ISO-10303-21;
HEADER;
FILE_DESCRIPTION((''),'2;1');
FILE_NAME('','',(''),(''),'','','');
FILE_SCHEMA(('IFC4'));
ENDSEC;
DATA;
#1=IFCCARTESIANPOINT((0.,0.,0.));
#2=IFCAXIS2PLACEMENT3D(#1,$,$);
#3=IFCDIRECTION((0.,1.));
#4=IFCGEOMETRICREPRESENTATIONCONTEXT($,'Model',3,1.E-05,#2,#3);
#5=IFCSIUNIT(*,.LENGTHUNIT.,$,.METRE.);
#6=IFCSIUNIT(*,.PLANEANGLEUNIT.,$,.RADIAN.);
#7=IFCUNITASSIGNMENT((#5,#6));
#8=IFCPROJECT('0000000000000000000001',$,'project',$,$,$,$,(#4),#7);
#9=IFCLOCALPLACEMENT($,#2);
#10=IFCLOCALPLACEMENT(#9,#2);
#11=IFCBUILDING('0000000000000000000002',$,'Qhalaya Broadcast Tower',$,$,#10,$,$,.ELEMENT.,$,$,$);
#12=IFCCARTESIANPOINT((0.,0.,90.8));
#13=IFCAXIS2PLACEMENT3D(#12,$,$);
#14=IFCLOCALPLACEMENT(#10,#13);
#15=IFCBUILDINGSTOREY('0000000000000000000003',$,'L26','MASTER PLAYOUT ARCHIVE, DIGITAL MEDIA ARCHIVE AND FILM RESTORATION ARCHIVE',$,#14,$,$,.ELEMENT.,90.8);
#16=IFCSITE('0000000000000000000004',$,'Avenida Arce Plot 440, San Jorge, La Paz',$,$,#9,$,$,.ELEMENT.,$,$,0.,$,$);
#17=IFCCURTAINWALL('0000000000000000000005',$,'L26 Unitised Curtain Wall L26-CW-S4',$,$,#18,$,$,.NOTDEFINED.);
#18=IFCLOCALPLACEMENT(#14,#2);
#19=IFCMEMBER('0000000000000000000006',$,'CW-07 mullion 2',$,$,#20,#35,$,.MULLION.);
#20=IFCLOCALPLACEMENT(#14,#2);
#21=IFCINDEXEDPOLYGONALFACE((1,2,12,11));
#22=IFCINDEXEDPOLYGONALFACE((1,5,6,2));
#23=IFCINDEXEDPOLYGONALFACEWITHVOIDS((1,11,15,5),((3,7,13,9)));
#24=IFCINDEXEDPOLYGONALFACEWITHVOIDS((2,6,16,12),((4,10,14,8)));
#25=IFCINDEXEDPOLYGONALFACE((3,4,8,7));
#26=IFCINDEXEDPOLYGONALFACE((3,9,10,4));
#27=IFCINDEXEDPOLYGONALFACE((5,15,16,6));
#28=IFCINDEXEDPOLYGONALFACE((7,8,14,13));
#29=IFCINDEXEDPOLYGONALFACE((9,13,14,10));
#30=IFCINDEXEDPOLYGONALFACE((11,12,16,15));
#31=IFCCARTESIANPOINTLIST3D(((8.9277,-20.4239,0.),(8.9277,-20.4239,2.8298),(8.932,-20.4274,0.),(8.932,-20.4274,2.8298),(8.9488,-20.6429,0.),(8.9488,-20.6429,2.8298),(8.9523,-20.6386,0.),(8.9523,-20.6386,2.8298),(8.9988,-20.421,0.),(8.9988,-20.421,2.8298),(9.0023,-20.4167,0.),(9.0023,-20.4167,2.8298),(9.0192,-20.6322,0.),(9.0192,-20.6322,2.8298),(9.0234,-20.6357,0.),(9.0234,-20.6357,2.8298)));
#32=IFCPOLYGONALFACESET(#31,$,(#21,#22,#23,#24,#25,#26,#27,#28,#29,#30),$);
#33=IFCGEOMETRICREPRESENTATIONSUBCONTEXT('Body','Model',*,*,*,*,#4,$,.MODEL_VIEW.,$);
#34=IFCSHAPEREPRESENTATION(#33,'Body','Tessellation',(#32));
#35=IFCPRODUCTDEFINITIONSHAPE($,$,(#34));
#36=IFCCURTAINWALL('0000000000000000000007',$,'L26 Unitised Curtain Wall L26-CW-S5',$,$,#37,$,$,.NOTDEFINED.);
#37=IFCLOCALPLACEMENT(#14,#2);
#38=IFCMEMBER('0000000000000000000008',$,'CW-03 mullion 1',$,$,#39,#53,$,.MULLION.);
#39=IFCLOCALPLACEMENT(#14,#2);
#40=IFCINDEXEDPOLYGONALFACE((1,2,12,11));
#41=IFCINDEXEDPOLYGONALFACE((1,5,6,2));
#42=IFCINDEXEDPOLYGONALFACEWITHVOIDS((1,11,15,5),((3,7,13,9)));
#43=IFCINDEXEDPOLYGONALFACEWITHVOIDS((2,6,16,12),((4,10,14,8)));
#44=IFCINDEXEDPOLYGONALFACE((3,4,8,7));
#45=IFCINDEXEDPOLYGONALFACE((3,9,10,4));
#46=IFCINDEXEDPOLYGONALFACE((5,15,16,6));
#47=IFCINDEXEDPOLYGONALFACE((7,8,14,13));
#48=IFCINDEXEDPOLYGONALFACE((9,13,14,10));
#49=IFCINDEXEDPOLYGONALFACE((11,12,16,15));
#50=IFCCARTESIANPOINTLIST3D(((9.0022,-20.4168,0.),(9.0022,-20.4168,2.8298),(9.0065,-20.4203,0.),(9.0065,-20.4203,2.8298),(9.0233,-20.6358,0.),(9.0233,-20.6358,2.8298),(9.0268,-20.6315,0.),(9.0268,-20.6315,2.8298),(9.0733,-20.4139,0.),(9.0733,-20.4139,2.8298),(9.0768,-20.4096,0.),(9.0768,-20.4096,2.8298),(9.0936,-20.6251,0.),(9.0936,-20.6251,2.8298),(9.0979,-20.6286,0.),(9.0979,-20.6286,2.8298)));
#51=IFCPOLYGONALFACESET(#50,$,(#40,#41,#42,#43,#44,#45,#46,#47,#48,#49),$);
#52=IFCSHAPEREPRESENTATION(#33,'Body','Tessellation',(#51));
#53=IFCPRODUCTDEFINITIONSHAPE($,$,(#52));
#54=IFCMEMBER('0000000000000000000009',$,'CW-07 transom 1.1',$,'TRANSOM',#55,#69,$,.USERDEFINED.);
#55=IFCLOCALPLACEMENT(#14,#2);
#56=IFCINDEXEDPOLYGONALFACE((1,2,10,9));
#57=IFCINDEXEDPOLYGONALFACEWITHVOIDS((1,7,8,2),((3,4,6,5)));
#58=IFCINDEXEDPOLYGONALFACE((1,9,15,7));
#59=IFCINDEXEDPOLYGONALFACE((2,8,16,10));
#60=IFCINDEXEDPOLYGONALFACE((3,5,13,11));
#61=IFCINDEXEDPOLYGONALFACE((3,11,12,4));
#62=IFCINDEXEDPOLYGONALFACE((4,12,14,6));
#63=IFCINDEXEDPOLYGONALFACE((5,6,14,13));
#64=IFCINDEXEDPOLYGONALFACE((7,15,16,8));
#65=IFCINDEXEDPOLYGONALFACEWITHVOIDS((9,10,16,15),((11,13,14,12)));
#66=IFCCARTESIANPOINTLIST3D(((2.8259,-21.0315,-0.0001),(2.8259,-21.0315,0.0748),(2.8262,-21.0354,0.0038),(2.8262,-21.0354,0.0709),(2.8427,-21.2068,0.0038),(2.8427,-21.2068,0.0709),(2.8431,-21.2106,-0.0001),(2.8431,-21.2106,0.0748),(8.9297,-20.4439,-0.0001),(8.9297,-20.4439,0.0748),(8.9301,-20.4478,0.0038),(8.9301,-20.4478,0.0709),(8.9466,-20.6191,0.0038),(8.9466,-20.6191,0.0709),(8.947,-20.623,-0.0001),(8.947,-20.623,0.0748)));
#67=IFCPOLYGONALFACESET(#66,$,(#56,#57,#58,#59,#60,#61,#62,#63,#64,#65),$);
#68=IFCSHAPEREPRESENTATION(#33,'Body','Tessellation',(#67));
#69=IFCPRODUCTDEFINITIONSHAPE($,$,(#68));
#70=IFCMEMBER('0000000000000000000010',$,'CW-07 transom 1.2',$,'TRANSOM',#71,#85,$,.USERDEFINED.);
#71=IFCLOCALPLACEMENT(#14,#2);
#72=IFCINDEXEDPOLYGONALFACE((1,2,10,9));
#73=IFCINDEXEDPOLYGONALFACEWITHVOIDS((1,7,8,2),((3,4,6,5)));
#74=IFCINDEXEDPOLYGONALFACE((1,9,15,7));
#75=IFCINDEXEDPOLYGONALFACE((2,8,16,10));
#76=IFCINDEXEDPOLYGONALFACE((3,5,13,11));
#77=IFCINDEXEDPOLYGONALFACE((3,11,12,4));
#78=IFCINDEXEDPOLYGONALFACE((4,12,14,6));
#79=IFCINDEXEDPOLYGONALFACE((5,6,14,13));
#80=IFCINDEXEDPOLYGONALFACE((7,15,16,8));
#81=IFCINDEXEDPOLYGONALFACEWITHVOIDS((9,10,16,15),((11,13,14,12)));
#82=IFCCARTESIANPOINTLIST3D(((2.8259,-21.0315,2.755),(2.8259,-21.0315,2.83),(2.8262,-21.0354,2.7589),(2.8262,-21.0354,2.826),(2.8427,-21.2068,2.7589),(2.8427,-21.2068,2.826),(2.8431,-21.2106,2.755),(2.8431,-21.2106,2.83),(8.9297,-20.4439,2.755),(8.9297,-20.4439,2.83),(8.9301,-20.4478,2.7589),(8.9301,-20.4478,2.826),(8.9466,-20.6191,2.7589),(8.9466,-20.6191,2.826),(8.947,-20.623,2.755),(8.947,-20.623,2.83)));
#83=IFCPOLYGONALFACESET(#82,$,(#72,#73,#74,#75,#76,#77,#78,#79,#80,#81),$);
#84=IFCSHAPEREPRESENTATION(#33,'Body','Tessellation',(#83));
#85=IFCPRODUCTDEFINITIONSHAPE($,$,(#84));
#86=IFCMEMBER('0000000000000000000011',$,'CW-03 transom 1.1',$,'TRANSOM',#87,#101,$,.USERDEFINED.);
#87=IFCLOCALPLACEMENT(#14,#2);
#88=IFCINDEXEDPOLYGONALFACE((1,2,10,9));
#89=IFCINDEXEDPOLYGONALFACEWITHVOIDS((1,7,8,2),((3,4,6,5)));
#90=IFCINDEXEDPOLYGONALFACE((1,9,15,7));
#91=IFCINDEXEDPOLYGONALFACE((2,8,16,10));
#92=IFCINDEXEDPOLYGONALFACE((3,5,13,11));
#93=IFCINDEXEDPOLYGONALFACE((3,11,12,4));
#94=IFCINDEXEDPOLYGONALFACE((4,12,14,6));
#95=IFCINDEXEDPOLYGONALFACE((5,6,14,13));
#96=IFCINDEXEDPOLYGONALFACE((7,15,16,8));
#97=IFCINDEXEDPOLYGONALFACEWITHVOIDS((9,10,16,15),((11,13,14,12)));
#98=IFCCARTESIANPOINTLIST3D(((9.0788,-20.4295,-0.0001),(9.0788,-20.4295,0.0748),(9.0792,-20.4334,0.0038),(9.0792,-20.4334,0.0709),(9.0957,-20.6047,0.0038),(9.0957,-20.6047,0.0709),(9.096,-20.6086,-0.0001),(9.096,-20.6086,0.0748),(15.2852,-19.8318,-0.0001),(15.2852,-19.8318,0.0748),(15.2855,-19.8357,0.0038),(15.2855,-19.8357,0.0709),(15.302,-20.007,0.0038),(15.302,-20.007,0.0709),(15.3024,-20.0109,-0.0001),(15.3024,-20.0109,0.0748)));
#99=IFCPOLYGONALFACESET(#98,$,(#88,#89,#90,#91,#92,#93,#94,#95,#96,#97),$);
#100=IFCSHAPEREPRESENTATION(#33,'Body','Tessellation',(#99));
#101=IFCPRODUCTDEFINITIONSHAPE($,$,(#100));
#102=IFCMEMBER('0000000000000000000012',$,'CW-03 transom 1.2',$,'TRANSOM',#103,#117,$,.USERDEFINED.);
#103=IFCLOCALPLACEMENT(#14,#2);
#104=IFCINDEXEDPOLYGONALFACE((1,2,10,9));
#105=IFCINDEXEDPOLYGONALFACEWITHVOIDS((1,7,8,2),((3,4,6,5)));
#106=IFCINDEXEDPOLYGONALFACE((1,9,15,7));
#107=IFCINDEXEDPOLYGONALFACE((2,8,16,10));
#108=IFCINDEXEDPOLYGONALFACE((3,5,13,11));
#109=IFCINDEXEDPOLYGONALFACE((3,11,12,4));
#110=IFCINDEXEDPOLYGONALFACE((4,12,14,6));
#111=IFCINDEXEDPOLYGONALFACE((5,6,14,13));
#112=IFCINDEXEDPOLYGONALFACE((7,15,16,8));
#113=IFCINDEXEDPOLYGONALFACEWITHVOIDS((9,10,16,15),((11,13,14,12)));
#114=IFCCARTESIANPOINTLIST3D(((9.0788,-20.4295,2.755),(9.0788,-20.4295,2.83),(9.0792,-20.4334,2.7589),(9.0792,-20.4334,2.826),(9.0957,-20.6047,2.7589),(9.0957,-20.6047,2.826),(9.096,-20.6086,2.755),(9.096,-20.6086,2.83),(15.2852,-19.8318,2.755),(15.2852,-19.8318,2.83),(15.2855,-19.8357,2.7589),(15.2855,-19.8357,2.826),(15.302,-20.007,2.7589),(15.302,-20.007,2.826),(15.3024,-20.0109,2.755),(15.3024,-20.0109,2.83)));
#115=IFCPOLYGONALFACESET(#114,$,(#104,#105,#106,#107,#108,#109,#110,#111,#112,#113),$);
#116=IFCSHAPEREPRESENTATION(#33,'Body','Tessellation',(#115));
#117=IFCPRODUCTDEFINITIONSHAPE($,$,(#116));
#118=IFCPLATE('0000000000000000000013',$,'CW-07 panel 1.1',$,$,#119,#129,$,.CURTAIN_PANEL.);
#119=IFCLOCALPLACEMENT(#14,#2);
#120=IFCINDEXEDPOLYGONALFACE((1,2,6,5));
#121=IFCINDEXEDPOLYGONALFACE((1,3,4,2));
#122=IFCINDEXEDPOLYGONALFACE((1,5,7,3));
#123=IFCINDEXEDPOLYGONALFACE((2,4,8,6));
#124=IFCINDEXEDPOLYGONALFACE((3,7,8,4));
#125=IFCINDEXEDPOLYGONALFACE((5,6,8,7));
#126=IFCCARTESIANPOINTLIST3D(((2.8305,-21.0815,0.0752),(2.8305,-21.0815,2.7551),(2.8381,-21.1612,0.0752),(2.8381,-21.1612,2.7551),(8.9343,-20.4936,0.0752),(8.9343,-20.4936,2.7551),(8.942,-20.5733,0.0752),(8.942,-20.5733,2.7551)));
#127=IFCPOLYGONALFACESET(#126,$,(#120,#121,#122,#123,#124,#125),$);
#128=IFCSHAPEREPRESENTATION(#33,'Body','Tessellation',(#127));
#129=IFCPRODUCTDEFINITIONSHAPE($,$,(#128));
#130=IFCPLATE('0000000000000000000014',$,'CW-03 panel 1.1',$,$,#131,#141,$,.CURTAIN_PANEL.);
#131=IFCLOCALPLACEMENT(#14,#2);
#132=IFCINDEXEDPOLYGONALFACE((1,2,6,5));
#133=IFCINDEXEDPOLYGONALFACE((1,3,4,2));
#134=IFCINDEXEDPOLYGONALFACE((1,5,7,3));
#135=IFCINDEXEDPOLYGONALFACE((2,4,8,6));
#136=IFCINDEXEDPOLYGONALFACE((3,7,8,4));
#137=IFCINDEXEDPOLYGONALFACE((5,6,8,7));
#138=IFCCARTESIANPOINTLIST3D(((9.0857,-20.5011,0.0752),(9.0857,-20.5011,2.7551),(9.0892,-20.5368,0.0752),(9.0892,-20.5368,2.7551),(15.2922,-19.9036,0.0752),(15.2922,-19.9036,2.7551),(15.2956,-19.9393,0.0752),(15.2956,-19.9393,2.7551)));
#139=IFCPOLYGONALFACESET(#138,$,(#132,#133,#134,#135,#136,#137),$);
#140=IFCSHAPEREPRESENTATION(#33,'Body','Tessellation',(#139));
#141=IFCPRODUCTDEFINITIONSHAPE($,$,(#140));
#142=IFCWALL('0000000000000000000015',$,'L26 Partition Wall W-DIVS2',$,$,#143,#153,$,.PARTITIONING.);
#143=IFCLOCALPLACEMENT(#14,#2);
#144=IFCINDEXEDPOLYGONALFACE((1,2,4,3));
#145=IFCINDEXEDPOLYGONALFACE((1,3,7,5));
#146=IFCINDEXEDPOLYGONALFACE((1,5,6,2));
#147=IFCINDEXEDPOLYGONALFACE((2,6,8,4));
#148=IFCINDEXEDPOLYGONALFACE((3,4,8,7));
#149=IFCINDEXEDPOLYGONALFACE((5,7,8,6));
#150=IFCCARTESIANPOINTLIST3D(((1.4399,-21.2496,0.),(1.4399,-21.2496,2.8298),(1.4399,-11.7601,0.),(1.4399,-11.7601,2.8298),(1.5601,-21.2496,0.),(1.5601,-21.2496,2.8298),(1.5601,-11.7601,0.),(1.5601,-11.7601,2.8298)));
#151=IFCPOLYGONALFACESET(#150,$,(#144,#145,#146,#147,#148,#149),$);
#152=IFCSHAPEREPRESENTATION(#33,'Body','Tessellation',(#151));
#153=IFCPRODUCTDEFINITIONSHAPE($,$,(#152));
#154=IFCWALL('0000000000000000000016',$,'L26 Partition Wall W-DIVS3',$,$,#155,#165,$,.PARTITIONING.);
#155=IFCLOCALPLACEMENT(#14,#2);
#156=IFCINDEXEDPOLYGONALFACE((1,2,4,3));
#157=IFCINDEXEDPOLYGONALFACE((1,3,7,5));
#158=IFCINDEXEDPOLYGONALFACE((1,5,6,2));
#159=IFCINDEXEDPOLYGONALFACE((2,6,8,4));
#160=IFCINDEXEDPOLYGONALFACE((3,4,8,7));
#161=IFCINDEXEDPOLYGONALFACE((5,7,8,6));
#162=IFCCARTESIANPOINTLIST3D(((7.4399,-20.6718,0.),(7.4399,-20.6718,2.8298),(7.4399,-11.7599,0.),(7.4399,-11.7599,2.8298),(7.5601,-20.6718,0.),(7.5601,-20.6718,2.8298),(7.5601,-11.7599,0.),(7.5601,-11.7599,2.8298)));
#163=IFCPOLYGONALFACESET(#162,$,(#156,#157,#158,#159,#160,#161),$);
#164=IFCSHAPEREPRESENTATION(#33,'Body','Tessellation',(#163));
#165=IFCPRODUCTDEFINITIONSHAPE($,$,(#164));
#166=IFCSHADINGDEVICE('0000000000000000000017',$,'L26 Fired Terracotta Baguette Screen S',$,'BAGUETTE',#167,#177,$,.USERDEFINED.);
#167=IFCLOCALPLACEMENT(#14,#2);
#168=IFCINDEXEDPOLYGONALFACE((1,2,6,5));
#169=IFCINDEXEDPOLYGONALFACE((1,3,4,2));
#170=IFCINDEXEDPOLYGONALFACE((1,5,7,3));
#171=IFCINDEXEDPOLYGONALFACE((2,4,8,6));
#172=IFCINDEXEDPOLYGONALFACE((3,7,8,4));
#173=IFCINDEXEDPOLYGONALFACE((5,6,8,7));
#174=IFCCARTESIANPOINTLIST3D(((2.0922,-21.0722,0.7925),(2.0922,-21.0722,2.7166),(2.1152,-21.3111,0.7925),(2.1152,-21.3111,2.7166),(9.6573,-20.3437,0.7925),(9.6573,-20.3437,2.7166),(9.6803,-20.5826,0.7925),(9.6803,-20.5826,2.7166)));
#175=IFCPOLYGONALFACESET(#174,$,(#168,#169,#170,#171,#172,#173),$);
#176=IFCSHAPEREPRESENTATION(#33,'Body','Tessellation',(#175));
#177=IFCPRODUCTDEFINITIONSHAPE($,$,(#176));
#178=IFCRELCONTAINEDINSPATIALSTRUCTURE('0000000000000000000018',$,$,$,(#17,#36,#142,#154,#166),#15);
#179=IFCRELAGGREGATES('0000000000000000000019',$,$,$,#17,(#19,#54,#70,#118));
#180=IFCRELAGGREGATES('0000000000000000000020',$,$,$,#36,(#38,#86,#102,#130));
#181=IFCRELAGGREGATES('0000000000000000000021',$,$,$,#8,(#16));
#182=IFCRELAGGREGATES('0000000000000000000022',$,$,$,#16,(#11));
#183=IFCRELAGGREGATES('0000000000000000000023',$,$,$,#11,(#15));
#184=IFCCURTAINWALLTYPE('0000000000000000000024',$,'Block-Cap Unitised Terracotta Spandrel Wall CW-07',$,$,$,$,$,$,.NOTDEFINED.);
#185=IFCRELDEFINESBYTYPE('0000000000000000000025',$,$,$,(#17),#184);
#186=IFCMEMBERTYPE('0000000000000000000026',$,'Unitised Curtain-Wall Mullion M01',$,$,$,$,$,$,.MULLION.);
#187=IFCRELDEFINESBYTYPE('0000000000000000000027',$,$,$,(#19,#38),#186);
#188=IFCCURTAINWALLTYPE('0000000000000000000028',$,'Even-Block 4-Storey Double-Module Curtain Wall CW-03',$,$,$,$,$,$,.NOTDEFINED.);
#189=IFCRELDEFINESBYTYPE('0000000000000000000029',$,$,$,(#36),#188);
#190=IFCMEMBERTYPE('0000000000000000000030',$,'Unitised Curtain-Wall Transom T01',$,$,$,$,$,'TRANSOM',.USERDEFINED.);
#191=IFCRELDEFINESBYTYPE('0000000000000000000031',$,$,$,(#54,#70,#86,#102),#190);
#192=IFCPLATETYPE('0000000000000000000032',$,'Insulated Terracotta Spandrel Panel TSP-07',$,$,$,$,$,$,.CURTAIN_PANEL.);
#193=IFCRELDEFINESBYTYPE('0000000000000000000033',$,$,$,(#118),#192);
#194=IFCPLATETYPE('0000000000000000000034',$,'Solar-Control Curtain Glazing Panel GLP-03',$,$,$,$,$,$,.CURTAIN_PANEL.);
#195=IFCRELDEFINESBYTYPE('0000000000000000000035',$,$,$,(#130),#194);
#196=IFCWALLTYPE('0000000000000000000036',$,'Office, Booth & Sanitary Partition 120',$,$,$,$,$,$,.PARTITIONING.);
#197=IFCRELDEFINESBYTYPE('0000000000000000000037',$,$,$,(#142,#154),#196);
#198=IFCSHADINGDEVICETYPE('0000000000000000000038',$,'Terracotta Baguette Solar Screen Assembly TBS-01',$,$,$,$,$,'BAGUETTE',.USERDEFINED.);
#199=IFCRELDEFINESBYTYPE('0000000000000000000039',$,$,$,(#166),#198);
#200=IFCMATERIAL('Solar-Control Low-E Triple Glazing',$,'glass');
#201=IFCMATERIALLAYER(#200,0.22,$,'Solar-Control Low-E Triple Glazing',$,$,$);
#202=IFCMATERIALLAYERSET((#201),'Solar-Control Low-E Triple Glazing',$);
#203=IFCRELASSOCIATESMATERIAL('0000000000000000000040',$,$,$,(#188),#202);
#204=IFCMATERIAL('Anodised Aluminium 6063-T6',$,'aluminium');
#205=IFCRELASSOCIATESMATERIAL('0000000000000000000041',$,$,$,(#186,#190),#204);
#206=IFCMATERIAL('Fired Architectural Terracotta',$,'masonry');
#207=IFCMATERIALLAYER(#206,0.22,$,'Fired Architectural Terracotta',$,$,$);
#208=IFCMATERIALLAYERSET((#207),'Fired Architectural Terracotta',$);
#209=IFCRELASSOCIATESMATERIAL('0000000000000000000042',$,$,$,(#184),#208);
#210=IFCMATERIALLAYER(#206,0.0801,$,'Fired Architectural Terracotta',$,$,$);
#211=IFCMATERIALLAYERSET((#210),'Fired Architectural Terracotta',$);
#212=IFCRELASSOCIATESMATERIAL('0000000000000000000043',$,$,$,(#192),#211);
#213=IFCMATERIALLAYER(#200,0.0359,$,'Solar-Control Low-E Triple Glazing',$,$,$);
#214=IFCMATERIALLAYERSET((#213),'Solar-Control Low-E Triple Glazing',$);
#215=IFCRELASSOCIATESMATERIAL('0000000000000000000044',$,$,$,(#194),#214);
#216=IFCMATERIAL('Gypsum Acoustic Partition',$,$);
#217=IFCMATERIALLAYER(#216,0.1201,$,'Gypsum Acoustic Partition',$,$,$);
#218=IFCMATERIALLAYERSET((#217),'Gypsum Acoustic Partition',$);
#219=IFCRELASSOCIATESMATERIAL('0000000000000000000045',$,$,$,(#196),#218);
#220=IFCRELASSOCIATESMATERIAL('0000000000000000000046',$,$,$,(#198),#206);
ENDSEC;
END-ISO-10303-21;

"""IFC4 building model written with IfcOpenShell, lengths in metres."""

from ifc_helpers import new_model, si_unit, direction, frame, frame_2d, origin, origin_2d, place, context, subcontext, project, spatial, rectangle, hollow_rectangle, extrude, material, layer, layer_set, material_profile, profile_set, type_object, element, aggregate, save


model = new_model("IFC4")

# Units and contexts
model_context = context("Model", 3, precision=1e-05, world=origin(), true_north=direction((0.0, 1.0)))
body_context = subcontext(model_context, "Body", "Model", "MODEL_VIEW")
ifc_project = project(units=[si_unit("LENGTHUNIT", "METRE"), si_unit("PLANEANGLEUNIT", "RADIAN")], contexts=[model_context])

# Site, building, storey
site_placement = place(None, origin())
site = spatial("IfcSite", under=ifc_project, at=site_placement, Name="Avenida Arce Plot 440, San Jorge, La Paz", CompositionType="ELEMENT", RefElevation=0.0)
building_placement = place(site_placement, origin())
building = spatial("IfcBuilding", under=site, at=building_placement, Name="Qhalaya Broadcast Tower", CompositionType="ELEMENT")
storey_placement = place(building_placement, frame((0.0, 0.0, 90.8)))
storey = spatial("IfcBuildingStorey", under=building, at=storey_placement, Name="L26", Description="MASTER PLAYOUT ARCHIVE, DIGITAL MEDIA ARCHIVE AND FILM RESTORATION ARCHIVE", CompositionType="ELEMENT", Elevation=90.8)

# Shared definitions
ifc_material_1 = material(Name="Solar-Control Low-E Triple Glazing", Category="glass")
ifc_layer_1 = layer(ifc_material_1, 0.22, Name="Solar-Control Low-E Triple Glazing")
ifc_layer_set_1 = layer_set([ifc_layer_1], Name="Solar-Control Low-E Triple Glazing")
curtain_wall_type_1 = type_object("IfcCurtainWallType", Name="Even-Block 4-Storey Double-Module Curtain Wall CW-03", PredefinedType="NOTDEFINED", material=ifc_layer_set_1)
ifc_material_2 = material(Name="Anodised Aluminium 6063-T6", Category="aluminium")
ifc_material_profile_1 = material_profile(ifc_material_2, hollow_rectangle(XDim=0.075, YDim=0.22, WallThickness=0.0039, at=origin_2d()), Name="ALU-MUL 75x220x4")
ifc_profile_set_1 = profile_set([ifc_material_profile_1], Name="Anodised Aluminium 6063-T6")
member_type_1 = type_object("IfcMemberType", Name="Unitised Curtain-Wall Mullion M01", PredefinedType="MULLION", material=ifc_profile_set_1)

# Curtain wall, member
ifc_material_3 = material(Name="Fired Architectural Terracotta", Category="masonry")
ifc_layer_2 = layer(ifc_material_3, 0.22, Name="Fired Architectural Terracotta")
ifc_layer_set_2 = layer_set([ifc_layer_2], Name="Fired Architectural Terracotta")
curtain_wall_type_2 = type_object("IfcCurtainWallType", Name="Block-Cap Unitised Terracotta Spandrel Wall CW-07", PredefinedType="NOTDEFINED", material=ifc_layer_set_2)
curtain_wall_1_placement = place(storey_placement, origin())
curtain_wall_1 = element("IfcCurtainWall", 1, at=curtain_wall_1_placement, inside=storey, type_object=curtain_wall_type_2, Name="L26 Unitised Curtain Wall L26-CW-S4", PredefinedType="NOTDEFINED")
member_1_placement = place(storey_placement, frame((8.9756, -20.5298, 0.0), z_axis=(0.0, 0.0, 1.0), x_axis=(0.995395, 0.095861, 0.0)))
member_1 = element("IfcMember", 2, at=member_1_placement, type_object=member_type_1, Name="CW-07 mullion 2", PredefinedType="MULLION", context=body_context, shape_type="SweptSolid", body=[
    extrude(hollow_rectangle(XDim=0.075, YDim=0.22, WallThickness=0.0039, at=origin_2d()), origin(), (0.0, 0.0, 1.0), 2.8298),
])

# Curtain wall, member
curtain_wall_2_placement = place(storey_placement, origin())
curtain_wall_2 = element("IfcCurtainWall", 3, at=curtain_wall_2_placement, inside=storey, type_object=curtain_wall_type_1, Name="L26 Unitised Curtain Wall L26-CW-S5", PredefinedType="NOTDEFINED")
member_2_placement = place(storey_placement, frame((9.05, -20.5227, 0.0), z_axis=(0.0, 0.0, 1.0), x_axis=(0.995397, 0.095834, 0.0)))
member_2 = element("IfcMember", 4, at=member_2_placement, type_object=member_type_1, Name="CW-03 mullion 1", PredefinedType="MULLION", context=body_context, shape_type="SweptSolid", body=[
    extrude(hollow_rectangle(XDim=0.075, YDim=0.22, WallThickness=0.0039, at=origin_2d()), origin(), (0.0, 0.0, 1.0), 2.8298),
])

# Members
ifc_material_profile_2 = material_profile(ifc_material_2, hollow_rectangle(XDim=0.075, YDim=0.1799, WallThickness=0.0039, at=origin_2d()), Name="ALU-TRN 75x180x4")
ifc_profile_set_2 = profile_set([ifc_material_profile_2], Name="Anodised Aluminium 6063-T6")
member_type_2 = type_object("IfcMemberType", Name="Unitised Curtain-Wall Transom T01", ElementType="TRANSOM", PredefinedType="USERDEFINED", material=ifc_profile_set_2)
member_3_placement = place(storey_placement, frame((2.8345, -21.1211, 0.0374), z_axis=(0.995397, 0.095833, 0.0), x_axis=(0.0, 0.0, 1.0)))
member_3 = element("IfcMember", 5, at=member_3_placement, type_object=member_type_2, Name="CW-07 transom 1.1", ObjectType="TRANSOM", PredefinedType="USERDEFINED", context=body_context, shape_type="SweptSolid", body=[
    extrude(hollow_rectangle(XDim=0.075, YDim=0.1799, WallThickness=0.0039, at=origin_2d()), origin(), (0.0, 0.0, 1.0), 6.1321),
])
member_4_placement = place(storey_placement, frame((2.8345, -21.1211, 2.7925), z_axis=(0.995397, 0.095833, 0.0), x_axis=(0.0, 0.0, 1.0)))
member_4 = element("IfcMember", 6, at=member_4_placement, type_object=member_type_2, Name="CW-07 transom 1.2", ObjectType="TRANSOM", PredefinedType="USERDEFINED", context=body_context, shape_type="SweptSolid", body=[
    extrude(hollow_rectangle(XDim=0.075, YDim=0.1799, WallThickness=0.0039, at=origin_2d()), origin(), (0.0, 0.0, 1.0), 6.1321),
])
member_5_placement = place(storey_placement, frame((9.0874, -20.519, 0.0374), z_axis=(0.995395, 0.095855, 0.0), x_axis=(0.0, 0.0, 1.0)))
member_5 = element("IfcMember", 7, at=member_5_placement, type_object=member_type_2, Name="CW-03 transom 1.1", ObjectType="TRANSOM", PredefinedType="USERDEFINED", context=body_context, shape_type="SweptSolid", body=[
    extrude(hollow_rectangle(XDim=0.075, YDim=0.1799, WallThickness=0.0039, at=origin_2d()), origin(), (0.0, 0.0, 1.0), 6.2351),
])
member_6_placement = place(storey_placement, frame((9.0874, -20.519, 2.7925), z_axis=(0.995395, 0.095855, 0.0), x_axis=(0.0, 0.0, 1.0)))
member_6 = element("IfcMember", 8, at=member_6_placement, type_object=member_type_2, Name="CW-03 transom 1.2", ObjectType="TRANSOM", PredefinedType="USERDEFINED", context=body_context, shape_type="SweptSolid", body=[
    extrude(hollow_rectangle(XDim=0.075, YDim=0.1799, WallThickness=0.0039, at=origin_2d()), origin(), (0.0, 0.0, 1.0), 6.2351),
])

# Plates
ifc_layer_3 = layer(ifc_material_3, 0.0801, Name="Fired Architectural Terracotta")
ifc_layer_set_3 = layer_set([ifc_layer_3], Name="Fired Architectural Terracotta")
plate_type_1 = type_object("IfcPlateType", Name="Insulated Terracotta Spandrel Panel TSP-07", PredefinedType="CURTAIN_PANEL", material=ifc_layer_set_3)
plate_1_placement = place(storey_placement, frame((5.8862, -20.8274, 0.0752), z_axis=(0.0, 0.0, 1.0), x_axis=(0.995395, 0.095861, 0.0)))
plate_1 = element("IfcPlate", 9, at=plate_1_placement, type_object=plate_type_1, Name="CW-07 panel 1.1", PredefinedType="CURTAIN_PANEL", context=body_context, shape_type="SweptSolid", body=[
    extrude(rectangle(XDim=6.1321, YDim=0.0801, at=origin_2d()), origin(), (0.0, 0.0, 1.0), 2.6799),
])
aggregate(curtain_wall_1, [member_1, member_3, member_4, plate_1])
ifc_layer_4 = layer(ifc_material_1, 0.0359, Name="Solar-Control Low-E Triple Glazing")
ifc_layer_set_4 = layer_set([ifc_layer_4], Name="Solar-Control Low-E Triple Glazing")
plate_type_2 = type_object("IfcPlateType", Name="Solar-Control Curtain Glazing Panel GLP-03", PredefinedType="CURTAIN_PANEL", material=ifc_layer_set_4)
plate_2_placement = place(storey_placement, frame((12.1907, -20.2202, 0.0752), z_axis=(0.0, 0.0, 1.0), x_axis=(0.995397, 0.095834, 0.0)))
plate_2 = element("IfcPlate", 10, at=plate_2_placement, type_object=plate_type_2, Name="CW-03 panel 1.1", PredefinedType="CURTAIN_PANEL", context=body_context, shape_type="SweptSolid", body=[
    extrude(rectangle(XDim=6.2351, YDim=0.0359, at=origin_2d()), origin(), (0.0, 0.0, 1.0), 2.6799),
])
aggregate(curtain_wall_2, [member_2, member_5, member_6, plate_2])

# Walls
ifc_material_4 = material(Name="Gypsum Acoustic Partition")
ifc_layer_5 = layer(ifc_material_4, 0.1201, Name="Gypsum Acoustic Partition")
ifc_layer_set_5 = layer_set([ifc_layer_5], Name="Gypsum Acoustic Partition")
wall_type = type_object("IfcWallType", Name="Office, Booth & Sanitary Partition 120", PredefinedType="PARTITIONING", material=ifc_layer_set_5)
wall_1_placement = place(storey_placement, frame((1.5, -21.2495, 0.0), z_axis=(0.0, 0.0, 1.0), x_axis=(0.0, 1.0, 0.0)))
element("IfcWall", 11, at=wall_1_placement, inside=storey, type_object=wall_type, Name="L26 Partition Wall W-DIVS2", PredefinedType="PARTITIONING", context=body_context, shape_type="SweptSolid", body=[
    extrude(rectangle(XDim=9.4895, YDim=0.1201, at=frame_2d((4.7446, 0.0))), origin(), (0.0, 0.0, 1.0), 2.8298),
])
wall_2_placement = place(storey_placement, frame((7.5, -20.6719, 0.0), z_axis=(0.0, 0.0, 1.0), x_axis=(0.0, 1.0, 0.0)))
element("IfcWall", 12, at=wall_2_placement, inside=storey, type_object=wall_type, Name="L26 Partition Wall W-DIVS3", PredefinedType="PARTITIONING", context=body_context, shape_type="SweptSolid", body=[
    extrude(rectangle(XDim=8.9119, YDim=0.1201, at=frame_2d((4.4561, 0.0))), origin(), (0.0, 0.0, 1.0), 2.8298),
])

# Shading device
shading_device_type = type_object("IfcShadingDeviceType", Name="Terracotta Baguette Solar Screen Assembly TBS-01", ElementType="BAGUETTE", PredefinedType="USERDEFINED", material=ifc_material_3)
shading_device_placement = place(storey_placement, frame((5.8862, -20.8274, 0.7925), z_axis=(0.0, 0.0, 1.0), x_axis=(0.995396, 0.095846, 0.0)))
element("IfcShadingDevice", 13, at=shading_device_placement, inside=storey, type_object=shading_device_type, Name="L26 Fired Terracotta Baguette Screen S", ObjectType="BAGUETTE", PredefinedType="USERDEFINED", context=body_context, shape_type="SweptSolid", body=[
    extrude(rectangle(XDim=7.6001, YDim=0.24, at=origin_2d()), origin(), (0.0, 0.0, 1.0), 1.9241),
])

save(model, "model.ifc")
